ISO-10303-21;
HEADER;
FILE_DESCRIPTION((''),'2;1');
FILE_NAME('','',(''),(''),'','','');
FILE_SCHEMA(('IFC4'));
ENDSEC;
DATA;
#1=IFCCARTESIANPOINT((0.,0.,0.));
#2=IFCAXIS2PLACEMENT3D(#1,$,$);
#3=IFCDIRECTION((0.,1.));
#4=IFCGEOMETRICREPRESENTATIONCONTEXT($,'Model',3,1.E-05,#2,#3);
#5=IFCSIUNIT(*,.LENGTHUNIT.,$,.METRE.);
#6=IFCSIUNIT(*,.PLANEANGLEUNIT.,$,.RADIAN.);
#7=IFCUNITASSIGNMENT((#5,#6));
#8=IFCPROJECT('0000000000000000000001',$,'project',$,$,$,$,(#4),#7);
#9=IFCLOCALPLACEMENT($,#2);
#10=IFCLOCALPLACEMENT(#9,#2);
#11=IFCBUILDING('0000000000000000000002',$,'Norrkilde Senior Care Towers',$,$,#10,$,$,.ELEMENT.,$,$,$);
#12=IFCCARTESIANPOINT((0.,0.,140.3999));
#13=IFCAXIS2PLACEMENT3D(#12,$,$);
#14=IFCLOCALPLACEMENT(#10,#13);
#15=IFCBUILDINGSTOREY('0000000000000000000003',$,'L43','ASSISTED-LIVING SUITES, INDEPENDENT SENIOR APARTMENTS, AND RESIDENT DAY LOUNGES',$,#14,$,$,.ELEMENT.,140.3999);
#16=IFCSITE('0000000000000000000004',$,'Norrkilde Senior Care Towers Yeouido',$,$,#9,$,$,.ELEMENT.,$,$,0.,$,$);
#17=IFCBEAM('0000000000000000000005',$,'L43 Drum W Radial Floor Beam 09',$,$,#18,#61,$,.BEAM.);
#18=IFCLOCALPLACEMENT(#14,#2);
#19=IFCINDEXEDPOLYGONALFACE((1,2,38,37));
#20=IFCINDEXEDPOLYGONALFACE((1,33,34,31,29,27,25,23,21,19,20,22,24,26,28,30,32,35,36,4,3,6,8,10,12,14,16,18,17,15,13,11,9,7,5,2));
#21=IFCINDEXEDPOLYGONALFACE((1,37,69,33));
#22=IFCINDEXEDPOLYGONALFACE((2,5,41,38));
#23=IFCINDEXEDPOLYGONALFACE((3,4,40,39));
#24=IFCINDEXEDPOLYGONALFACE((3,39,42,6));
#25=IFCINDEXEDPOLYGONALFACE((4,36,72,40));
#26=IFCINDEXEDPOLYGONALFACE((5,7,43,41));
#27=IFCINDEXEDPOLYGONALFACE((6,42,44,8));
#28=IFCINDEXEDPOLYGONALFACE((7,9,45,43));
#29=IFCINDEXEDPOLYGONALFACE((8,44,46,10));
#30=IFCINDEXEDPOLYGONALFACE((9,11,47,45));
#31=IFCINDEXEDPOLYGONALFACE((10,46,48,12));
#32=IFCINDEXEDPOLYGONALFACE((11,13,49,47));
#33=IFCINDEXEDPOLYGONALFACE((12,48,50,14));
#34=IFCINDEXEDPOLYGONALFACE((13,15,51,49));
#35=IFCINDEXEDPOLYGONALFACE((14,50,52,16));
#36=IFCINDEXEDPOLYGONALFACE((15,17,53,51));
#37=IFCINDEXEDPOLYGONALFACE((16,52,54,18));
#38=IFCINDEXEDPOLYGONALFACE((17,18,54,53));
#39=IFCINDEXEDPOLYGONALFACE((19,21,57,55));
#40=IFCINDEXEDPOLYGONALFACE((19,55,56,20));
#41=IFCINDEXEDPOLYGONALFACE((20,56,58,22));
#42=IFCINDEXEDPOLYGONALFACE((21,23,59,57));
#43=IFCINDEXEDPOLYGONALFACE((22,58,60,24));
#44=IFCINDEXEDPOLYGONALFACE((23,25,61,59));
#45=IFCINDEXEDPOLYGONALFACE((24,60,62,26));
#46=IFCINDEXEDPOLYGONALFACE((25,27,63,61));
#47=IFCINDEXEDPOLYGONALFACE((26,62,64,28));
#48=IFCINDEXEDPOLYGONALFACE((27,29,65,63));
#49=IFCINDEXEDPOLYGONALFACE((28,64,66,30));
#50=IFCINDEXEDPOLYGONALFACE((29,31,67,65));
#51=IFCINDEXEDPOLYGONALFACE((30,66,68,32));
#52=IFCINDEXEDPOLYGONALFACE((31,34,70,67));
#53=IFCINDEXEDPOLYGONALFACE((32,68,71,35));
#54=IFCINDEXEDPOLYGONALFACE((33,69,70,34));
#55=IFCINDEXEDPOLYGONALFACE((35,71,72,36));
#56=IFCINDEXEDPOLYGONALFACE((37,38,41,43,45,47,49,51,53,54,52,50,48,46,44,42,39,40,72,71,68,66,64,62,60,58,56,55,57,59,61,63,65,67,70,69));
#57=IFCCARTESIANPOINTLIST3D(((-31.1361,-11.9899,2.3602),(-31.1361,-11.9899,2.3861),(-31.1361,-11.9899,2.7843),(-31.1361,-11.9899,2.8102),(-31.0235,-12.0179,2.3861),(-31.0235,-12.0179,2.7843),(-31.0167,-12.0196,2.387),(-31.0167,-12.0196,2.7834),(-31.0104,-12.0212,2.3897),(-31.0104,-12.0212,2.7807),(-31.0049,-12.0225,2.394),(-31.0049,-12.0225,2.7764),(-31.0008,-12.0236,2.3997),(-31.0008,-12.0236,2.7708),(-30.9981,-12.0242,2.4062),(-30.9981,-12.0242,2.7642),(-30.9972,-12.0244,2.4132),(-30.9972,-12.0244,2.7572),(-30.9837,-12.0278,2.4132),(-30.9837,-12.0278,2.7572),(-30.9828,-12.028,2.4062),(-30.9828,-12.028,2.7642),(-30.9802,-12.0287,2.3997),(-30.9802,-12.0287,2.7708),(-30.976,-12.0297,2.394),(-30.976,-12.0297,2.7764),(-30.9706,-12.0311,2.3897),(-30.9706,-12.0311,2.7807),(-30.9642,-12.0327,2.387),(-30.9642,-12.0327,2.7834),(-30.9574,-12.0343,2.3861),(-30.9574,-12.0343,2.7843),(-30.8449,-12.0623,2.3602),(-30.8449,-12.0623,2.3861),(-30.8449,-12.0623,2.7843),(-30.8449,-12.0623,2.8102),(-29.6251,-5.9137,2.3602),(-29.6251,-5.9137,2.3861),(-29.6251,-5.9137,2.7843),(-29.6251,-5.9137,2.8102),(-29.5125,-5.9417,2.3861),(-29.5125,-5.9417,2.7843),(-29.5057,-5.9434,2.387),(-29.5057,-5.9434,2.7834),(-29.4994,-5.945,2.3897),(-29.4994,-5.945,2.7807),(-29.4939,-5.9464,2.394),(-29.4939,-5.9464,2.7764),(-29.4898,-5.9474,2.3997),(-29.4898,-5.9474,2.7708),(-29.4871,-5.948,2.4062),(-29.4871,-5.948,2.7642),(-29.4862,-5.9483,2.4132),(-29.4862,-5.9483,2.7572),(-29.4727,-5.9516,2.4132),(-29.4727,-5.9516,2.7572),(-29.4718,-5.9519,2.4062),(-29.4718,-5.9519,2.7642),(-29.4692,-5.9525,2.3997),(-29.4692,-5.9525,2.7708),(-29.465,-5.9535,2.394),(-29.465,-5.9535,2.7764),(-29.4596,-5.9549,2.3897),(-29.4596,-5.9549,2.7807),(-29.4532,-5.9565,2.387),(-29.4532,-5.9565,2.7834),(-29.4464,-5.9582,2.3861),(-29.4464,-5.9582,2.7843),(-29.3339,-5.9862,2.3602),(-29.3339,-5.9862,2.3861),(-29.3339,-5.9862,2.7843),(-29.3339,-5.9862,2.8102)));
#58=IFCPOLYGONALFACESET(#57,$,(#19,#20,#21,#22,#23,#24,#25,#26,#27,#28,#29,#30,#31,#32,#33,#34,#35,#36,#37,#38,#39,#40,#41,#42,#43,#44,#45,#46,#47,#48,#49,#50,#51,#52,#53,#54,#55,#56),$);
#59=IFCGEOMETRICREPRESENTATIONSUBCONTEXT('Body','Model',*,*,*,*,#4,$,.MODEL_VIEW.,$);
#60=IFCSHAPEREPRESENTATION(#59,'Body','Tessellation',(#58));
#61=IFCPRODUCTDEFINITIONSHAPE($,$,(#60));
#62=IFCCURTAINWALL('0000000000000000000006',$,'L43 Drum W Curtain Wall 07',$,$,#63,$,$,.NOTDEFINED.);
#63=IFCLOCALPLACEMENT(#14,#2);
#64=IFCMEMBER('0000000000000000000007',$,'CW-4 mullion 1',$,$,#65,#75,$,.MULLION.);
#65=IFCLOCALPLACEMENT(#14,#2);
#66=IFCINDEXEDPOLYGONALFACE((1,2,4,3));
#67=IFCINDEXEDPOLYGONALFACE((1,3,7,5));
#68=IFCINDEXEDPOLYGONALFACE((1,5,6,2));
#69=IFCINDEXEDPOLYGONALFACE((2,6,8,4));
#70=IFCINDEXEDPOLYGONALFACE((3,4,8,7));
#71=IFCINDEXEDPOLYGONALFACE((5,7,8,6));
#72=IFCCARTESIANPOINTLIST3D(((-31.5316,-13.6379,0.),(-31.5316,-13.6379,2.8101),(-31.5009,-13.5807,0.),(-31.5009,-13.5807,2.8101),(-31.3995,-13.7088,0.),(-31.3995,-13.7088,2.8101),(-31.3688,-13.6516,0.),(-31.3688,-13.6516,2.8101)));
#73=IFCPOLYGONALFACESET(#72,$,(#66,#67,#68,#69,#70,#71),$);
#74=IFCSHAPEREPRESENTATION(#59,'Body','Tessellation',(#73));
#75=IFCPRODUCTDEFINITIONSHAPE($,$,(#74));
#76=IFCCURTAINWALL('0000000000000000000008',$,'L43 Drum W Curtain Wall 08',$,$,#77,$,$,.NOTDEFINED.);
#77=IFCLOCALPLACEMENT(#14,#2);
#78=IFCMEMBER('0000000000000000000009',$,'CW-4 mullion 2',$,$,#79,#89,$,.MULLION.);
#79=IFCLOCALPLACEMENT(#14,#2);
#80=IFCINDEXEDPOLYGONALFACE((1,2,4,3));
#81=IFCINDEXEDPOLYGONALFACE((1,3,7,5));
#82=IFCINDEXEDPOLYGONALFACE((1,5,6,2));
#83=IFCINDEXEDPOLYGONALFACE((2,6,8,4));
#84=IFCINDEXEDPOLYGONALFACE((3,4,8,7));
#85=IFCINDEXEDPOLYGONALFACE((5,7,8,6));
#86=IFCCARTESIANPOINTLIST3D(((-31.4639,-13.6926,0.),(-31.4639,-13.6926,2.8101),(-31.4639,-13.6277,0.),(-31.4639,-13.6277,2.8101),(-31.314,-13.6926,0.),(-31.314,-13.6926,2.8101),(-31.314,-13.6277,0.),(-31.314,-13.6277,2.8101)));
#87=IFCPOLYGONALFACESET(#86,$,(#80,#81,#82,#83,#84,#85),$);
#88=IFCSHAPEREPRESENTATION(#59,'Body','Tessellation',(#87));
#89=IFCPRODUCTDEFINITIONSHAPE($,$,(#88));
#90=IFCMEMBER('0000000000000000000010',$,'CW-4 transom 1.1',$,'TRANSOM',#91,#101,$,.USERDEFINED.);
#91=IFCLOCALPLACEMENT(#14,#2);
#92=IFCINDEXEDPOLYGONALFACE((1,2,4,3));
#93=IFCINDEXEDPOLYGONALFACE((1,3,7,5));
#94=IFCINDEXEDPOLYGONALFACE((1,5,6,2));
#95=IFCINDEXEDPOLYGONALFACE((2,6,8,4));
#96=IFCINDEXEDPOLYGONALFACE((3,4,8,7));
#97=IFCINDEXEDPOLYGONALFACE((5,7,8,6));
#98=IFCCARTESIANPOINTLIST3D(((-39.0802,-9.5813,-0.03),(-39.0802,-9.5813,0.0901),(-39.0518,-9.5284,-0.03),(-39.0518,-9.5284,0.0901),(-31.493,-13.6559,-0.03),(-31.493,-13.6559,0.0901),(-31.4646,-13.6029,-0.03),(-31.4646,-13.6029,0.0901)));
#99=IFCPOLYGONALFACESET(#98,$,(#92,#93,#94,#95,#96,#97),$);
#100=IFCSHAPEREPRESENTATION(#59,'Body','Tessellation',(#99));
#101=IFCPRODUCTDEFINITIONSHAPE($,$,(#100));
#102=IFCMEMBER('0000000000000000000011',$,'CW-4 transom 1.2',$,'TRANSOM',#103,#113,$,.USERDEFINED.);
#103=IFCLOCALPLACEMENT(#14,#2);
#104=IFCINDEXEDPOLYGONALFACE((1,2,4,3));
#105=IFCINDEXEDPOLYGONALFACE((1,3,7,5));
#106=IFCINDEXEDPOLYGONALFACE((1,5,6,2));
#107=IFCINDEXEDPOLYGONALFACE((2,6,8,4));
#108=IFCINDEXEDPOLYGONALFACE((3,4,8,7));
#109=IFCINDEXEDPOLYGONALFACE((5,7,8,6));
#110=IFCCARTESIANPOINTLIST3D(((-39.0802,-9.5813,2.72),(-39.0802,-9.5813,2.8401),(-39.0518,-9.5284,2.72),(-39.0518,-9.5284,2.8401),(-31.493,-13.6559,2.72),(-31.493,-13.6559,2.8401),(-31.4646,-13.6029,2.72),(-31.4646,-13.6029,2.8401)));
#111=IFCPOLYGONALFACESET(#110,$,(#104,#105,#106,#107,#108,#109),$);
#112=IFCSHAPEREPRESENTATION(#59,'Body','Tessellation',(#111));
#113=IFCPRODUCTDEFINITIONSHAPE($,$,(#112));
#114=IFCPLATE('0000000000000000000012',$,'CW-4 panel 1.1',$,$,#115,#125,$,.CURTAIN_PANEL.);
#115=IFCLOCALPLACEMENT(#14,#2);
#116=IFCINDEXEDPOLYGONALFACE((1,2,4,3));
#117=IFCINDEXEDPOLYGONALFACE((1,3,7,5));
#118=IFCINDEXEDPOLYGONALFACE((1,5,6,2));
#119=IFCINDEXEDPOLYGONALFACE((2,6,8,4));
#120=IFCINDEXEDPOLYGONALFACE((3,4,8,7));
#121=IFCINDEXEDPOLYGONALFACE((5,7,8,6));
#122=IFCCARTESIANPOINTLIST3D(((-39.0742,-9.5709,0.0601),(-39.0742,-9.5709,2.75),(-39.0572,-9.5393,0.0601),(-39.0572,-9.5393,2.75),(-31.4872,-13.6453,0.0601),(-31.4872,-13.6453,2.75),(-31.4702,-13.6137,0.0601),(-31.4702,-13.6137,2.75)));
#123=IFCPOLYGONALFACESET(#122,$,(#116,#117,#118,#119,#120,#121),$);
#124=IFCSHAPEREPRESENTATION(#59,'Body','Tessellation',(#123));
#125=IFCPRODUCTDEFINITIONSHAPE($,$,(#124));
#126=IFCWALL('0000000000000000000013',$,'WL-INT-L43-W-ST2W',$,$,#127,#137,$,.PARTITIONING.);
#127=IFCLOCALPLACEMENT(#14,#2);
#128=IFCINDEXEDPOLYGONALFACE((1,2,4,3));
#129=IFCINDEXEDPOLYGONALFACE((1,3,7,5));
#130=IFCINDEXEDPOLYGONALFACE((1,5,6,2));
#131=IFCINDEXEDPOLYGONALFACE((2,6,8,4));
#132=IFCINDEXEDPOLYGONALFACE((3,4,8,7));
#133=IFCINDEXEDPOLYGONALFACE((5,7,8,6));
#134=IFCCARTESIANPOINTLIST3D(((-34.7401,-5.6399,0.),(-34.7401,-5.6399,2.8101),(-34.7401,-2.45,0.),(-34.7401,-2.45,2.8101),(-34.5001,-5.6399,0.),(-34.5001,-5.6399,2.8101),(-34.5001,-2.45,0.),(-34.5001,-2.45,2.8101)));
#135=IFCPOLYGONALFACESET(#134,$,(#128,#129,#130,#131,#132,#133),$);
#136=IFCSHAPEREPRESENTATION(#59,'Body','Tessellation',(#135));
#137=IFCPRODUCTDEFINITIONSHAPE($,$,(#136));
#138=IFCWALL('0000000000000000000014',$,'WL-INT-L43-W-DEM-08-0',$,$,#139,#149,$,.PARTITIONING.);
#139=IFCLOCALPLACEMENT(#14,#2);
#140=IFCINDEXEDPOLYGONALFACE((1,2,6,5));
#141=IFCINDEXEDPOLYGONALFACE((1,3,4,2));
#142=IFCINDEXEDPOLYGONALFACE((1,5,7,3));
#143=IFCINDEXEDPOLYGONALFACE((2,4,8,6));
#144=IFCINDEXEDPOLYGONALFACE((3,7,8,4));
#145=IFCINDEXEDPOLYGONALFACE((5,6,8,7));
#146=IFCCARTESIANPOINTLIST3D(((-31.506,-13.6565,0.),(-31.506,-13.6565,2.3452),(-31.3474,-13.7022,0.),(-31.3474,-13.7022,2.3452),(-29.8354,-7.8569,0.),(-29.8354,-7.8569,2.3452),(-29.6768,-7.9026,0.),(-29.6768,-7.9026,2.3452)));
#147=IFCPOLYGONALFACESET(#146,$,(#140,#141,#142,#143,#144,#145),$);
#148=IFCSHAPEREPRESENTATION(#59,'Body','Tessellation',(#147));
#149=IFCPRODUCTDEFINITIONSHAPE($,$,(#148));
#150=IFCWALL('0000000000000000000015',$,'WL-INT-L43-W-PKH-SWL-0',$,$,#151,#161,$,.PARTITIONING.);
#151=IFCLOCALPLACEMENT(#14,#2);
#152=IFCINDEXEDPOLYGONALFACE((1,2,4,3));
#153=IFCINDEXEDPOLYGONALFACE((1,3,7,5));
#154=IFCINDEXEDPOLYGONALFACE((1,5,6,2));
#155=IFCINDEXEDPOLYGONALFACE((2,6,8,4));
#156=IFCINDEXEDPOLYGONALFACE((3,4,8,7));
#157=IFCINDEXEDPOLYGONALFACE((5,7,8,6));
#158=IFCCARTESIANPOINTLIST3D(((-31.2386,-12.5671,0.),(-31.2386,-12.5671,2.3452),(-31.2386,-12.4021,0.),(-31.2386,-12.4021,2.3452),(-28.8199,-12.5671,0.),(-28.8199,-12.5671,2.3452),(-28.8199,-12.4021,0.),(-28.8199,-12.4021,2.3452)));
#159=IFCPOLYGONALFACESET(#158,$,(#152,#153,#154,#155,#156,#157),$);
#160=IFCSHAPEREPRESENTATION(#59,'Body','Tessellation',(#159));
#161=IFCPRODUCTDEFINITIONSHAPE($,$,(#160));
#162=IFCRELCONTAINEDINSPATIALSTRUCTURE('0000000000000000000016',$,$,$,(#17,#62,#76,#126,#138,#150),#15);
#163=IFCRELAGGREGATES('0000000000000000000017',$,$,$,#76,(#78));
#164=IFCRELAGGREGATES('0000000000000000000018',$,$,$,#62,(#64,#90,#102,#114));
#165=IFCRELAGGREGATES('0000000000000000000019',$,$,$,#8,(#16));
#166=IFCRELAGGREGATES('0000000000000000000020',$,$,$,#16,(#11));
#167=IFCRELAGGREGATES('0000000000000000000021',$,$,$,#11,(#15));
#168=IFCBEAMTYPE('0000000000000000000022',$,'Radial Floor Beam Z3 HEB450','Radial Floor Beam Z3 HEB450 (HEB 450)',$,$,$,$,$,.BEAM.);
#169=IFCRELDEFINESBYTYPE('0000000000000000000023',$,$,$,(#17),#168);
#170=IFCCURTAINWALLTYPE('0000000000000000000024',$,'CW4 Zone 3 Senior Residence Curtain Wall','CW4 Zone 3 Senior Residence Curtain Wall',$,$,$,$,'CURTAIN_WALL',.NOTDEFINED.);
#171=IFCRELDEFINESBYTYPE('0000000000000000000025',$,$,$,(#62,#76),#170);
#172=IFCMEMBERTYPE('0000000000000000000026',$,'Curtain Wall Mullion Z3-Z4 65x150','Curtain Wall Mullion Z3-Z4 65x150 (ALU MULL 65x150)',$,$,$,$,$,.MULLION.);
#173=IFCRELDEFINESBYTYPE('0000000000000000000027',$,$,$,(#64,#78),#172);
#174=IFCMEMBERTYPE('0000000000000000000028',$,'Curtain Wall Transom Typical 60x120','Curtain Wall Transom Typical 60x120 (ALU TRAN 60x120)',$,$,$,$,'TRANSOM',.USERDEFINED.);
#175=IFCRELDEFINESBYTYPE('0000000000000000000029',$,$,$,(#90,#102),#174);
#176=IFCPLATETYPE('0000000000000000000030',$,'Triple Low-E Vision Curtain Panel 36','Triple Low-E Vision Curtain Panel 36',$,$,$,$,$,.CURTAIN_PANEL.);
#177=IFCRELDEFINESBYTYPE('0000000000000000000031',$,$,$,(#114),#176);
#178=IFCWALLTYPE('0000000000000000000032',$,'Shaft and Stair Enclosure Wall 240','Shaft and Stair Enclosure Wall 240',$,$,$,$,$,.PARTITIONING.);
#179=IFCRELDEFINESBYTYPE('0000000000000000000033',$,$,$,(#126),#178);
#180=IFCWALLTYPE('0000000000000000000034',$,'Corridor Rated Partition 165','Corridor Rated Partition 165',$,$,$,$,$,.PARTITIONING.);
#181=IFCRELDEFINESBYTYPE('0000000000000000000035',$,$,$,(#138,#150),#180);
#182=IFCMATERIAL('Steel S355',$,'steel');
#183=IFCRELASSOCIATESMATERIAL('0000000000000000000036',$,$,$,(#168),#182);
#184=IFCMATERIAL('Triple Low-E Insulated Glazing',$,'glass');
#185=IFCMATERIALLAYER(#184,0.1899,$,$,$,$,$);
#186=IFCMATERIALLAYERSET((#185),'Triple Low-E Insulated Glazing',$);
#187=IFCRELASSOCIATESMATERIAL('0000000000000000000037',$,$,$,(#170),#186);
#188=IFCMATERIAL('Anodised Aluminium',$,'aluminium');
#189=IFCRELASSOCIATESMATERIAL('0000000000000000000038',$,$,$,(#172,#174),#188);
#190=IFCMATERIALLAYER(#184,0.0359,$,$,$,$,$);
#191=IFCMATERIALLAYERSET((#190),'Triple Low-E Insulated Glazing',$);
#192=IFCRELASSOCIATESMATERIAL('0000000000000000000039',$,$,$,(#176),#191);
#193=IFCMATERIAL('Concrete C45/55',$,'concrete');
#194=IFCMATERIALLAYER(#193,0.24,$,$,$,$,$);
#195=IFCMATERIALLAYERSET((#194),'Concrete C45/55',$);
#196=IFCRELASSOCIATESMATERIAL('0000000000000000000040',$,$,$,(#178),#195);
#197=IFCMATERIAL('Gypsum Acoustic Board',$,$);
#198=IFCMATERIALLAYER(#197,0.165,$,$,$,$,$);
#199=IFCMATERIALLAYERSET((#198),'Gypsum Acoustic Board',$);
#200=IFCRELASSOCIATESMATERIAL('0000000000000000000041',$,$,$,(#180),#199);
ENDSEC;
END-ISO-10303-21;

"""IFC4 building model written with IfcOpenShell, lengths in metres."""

from ifc_helpers import new_model, si_unit, direction, frame, frame_2d, origin, origin_2d, place, context, subcontext, project, spatial, rectangle, i_section, extrude, source, transform, mapped, material, layer, layer_set, material_profile, profile_set, type_object, type_shapes, element, aggregate, save


model = new_model("IFC4")

# Units and contexts
model_context = context("Model", 3, precision=1e-05, world=origin(), true_north=direction((0.0, 1.0)))
body_context = subcontext(model_context, "Body", "Model", "MODEL_VIEW")
ifc_project = project(units=[si_unit("LENGTHUNIT", "METRE"), si_unit("PLANEANGLEUNIT", "RADIAN")], contexts=[model_context])

# Site, building, storey
site_placement = place(None, origin())
site = spatial("IfcSite", under=ifc_project, at=site_placement, Name="Norrkilde Senior Care Towers Yeouido", CompositionType="ELEMENT", RefElevation=0.0)
building_placement = place(site_placement, origin())
building = spatial("IfcBuilding", under=site, at=building_placement, Name="Norrkilde Senior Care Towers", CompositionType="ELEMENT")
storey_placement = place(building_placement, frame((0.0, 0.0, 140.3999)))
storey = spatial("IfcBuildingStorey", under=building, at=storey_placement, Name="L43", Description="ASSISTED-LIVING SUITES, INDEPENDENT SENIOR APARTMENTS, AND RESIDENT DAY LOUNGES", CompositionType="ELEMENT", Elevation=140.3999)

# Beam
ifc_material_1 = material(Name="Steel S355", Category="steel")
ifc_material_profile_1 = material_profile(ifc_material_1, i_section(OverallWidth=0.3, OverallDepth=0.45, WebThickness=0.0139, FlangeThickness=0.0259, FilletRadius=0.0271, at=origin_2d()), Name="HEB 450")
ifc_profile_set_1 = profile_set([ifc_material_profile_1], Name="Steel S355")
beam_type_1 = type_object("IfcBeamType", Name="Radial Floor Beam Z3 HEB450", Description="Radial Floor Beam Z3 HEB450 (HEB 450)", PredefinedType="BEAM", material=ifc_profile_set_1)
shared_shape_1 = source(origin(), body_context, "Body", "SweptSolid", [
    extrude(i_section(OverallWidth=0.3, OverallDepth=0.45, WebThickness=0.0139, FlangeThickness=0.0259, FilletRadius=0.0271, at=origin_2d()), origin(), (0.0, 0.0, 1.0), 6.2612),
])
beam_1_placement = place(storey_placement, frame((-29.4795, -5.95, 2.5852), z_axis=(-0.241324, -0.970445, 0.0), x_axis=(0.970445, -0.241324, 0.0)))
element("IfcBeam", 1, at=beam_1_placement, inside=storey, type_object=beam_type_1, Name="L43 Drum W Radial Floor Beam 09", PredefinedType="BEAM", context=body_context, shape_type="MappedRepresentation", body=[
    mapped(shared_shape_1, transform((0.0, 0.0, 0.0), x_axis=(1.0, 0.0, 0.0), y_axis=(0.0, 1.0, 0.0), z_axis=(0.0, 0.0, 1.0), scale=1.0)),
])

# Curtain walls, members
ifc_material_2 = material(Name="Triple Low-E Insulated Glazing", Category="glass")
ifc_layer_1 = layer(ifc_material_2, 0.1899)
ifc_layer_set_1 = layer_set([ifc_layer_1], Name="Triple Low-E Insulated Glazing")
curtain_wall_type = type_object("IfcCurtainWallType", Name="CW4 Zone 3 Senior Residence Curtain Wall", Description="CW4 Zone 3 Senior Residence Curtain Wall", ElementType="CURTAIN_WALL", PredefinedType="NOTDEFINED", material=ifc_layer_set_1)
curtain_wall_1_placement = place(storey_placement, origin())
curtain_wall_1 = element("IfcCurtainWall", 2, at=curtain_wall_1_placement, inside=storey, type_object=curtain_wall_type, Name="L43 Drum W Curtain Wall 07", PredefinedType="NOTDEFINED")
ifc_material_3 = material(Name="Anodised Aluminium", Category="aluminium")
ifc_material_profile_2 = material_profile(ifc_material_3, rectangle(XDim=0.0649, YDim=0.1499, at=origin_2d()), Name="ALU MULL 65x150")
ifc_profile_set_2 = profile_set([ifc_material_profile_2], Name="Anodised Aluminium")
member_type_1 = type_object("IfcMemberType", Name="Curtain Wall Mullion Z3-Z4 65x150", Description="Curtain Wall Mullion Z3-Z4 65x150 (ALU MULL 65x150)", PredefinedType="MULLION", material=ifc_profile_set_2)
shared_shape_2 = source(origin(), body_context, "Body", "SweptSolid", [
    extrude(rectangle(XDim=0.0649, YDim=0.1499, at=origin_2d()), origin(), (0.0, 0.0, 1.0), 2.8101),
])
type_shapes(member_type_1, [shared_shape_2])
member_1_placement = place(storey_placement, frame((-31.4502, -13.6448, 0.0), z_axis=(0.0, 0.0, 1.0), x_axis=(-0.473117, -0.881, 0.0)))
member_1 = element("IfcMember", 3, at=member_1_placement, type_object=member_type_1, Name="CW-4 mullion 1", PredefinedType="MULLION", context=body_context, shape_type="MappedRepresentation", body=[
    mapped(shared_shape_2, transform((0.0, 0.0, 0.0), x_axis=(1.0, 0.0, 0.0), y_axis=(0.0, 1.0, 0.0), z_axis=(0.0, 0.0, 1.0), scale=1.0)),
])
curtain_wall_2_placement = place(storey_placement, origin())
curtain_wall_2 = element("IfcCurtainWall", 4, at=curtain_wall_2_placement, inside=storey, type_object=curtain_wall_type, Name="L43 Drum W Curtain Wall 08", PredefinedType="NOTDEFINED")
member_2_placement = place(storey_placement, frame((-31.3889, -13.6602, 0.0), z_axis=(0.0, 0.0, 1.0), x_axis=(0.0, -1.0, 0.0)))
member_2 = element("IfcMember", 5, at=member_2_placement, type_object=member_type_1, Name="CW-4 mullion 2", PredefinedType="MULLION", context=body_context, shape_type="MappedRepresentation", body=[
    mapped(shared_shape_2, transform((0.0, 0.0, 0.0), x_axis=(1.0, 0.0, 0.0), y_axis=(0.0, 1.0, 0.0), z_axis=(0.0, 0.0, 1.0), scale=1.0)),
])
aggregate(curtain_wall_2, [member_2])

# Members
ifc_material_profile_3 = material_profile(ifc_material_3, rectangle(XDim=0.0601, YDim=0.1201, at=origin_2d()), Name="ALU TRAN 60x120")
ifc_profile_set_3 = profile_set([ifc_material_profile_3], Name="Anodised Aluminium")
member_type_2 = type_object("IfcMemberType", Name="Curtain Wall Transom Typical 60x120", Description="Curtain Wall Transom Typical 60x120 (ALU TRAN 60x120)", ElementType="TRANSOM", PredefinedType="USERDEFINED", material=ifc_profile_set_3)
shared_shape_3 = source(origin(), body_context, "Body", "SweptSolid", [
    extrude(rectangle(XDim=0.0601, YDim=0.1201, at=origin_2d()), origin(), (0.0, 0.0, 1.0), 8.6121),
])
type_shapes(member_type_2, [shared_shape_3])
member_3_placement = place(storey_placement, frame((-31.4788, -13.6294, 0.03), z_axis=(-0.881, 0.473116, 0.0), x_axis=(-0.473116, -0.881, 0.0)))
member_3 = element("IfcMember", 6, at=member_3_placement, type_object=member_type_2, Name="CW-4 transom 1.1", ObjectType="TRANSOM", PredefinedType="USERDEFINED", context=body_context, shape_type="MappedRepresentation", body=[
    mapped(shared_shape_3, transform((0.0, 0.0, 0.0), x_axis=(1.0, 0.0, 0.0), y_axis=(0.0, 1.0, 0.0), z_axis=(0.0, 0.0, 1.0), scale=1.0)),
])
member_4_placement = place(storey_placement, frame((-31.4788, -13.6294, 2.78), z_axis=(-0.881, 0.473116, 0.0), x_axis=(-0.473116, -0.881, 0.0)))
member_4 = element("IfcMember", 7, at=member_4_placement, type_object=member_type_2, Name="CW-4 transom 1.2", ObjectType="TRANSOM", PredefinedType="USERDEFINED", context=body_context, shape_type="MappedRepresentation", body=[
    mapped(shared_shape_3, transform((0.0, 0.0, 0.0), x_axis=(1.0, 0.0, 0.0), y_axis=(0.0, 1.0, 0.0), z_axis=(0.0, 0.0, 1.0), scale=1.0)),
])

# Plate
ifc_layer_2 = layer(ifc_material_2, 0.0359)
ifc_layer_set_2 = layer_set([ifc_layer_2], Name="Triple Low-E Insulated Glazing")
plate_type = type_object("IfcPlateType", Name="Triple Low-E Vision Curtain Panel 36", Description="Triple Low-E Vision Curtain Panel 36", PredefinedType="CURTAIN_PANEL", material=ifc_layer_set_2)
shared_shape_4 = source(origin(), body_context, "Body", "SweptSolid", [
    extrude(rectangle(XDim=8.6118, YDim=0.0359, at=origin_2d()), origin(), (0.0, 0.0, 1.0), 2.6899),
])
type_shapes(plate_type, [shared_shape_4])
plate_placement = place(storey_placement, frame((-35.2722, -11.5923, 0.0601), z_axis=(0.0, 0.0, 1.0), x_axis=(-0.881, 0.473117, 0.0)))
plate = element("IfcPlate", 8, at=plate_placement, type_object=plate_type, Name="CW-4 panel 1.1", PredefinedType="CURTAIN_PANEL", context=body_context, shape_type="MappedRepresentation", body=[
    mapped(shared_shape_4, transform((0.0, 0.0, 0.0), x_axis=(1.0, 0.0, 0.0), y_axis=(0.0, 1.0, 0.0), z_axis=(0.0, 0.0, 1.0), scale=1.0)),
])
aggregate(curtain_wall_1, [member_1, member_3, member_4, plate])

# Walls
ifc_material_4 = material(Name="Concrete C45/55", Category="concrete")
ifc_layer_3 = layer(ifc_material_4, 0.24)
ifc_layer_set_3 = layer_set([ifc_layer_3], Name="Concrete C45/55")
wall_type_1 = type_object("IfcWallType", Name="Shaft and Stair Enclosure Wall 240", Description="Shaft and Stair Enclosure Wall 240", PredefinedType="PARTITIONING", material=ifc_layer_set_3)
shared_shape_5 = source(origin(), body_context, "Body", "SweptSolid", [
    extrude(rectangle(XDim=3.1899, YDim=0.24, at=frame_2d((1.595, 0.0))), origin(), (0.0, 0.0, 1.0), 2.8101),
])
type_shapes(wall_type_1, [shared_shape_5])
wall_1_placement = place(storey_placement, frame((-34.6201, -5.6399, 0.0), z_axis=(0.0, 0.0, 1.0), x_axis=(0.0, 1.0, 0.0)))
element("IfcWall", 9, at=wall_1_placement, inside=storey, type_object=wall_type_1, Name="WL-INT-L43-W-ST2W", PredefinedType="PARTITIONING", context=body_context, shape_type="MappedRepresentation", body=[
    mapped(shared_shape_5, transform((0.0, 0.0, 0.0), x_axis=(1.0, 0.0, 0.0), y_axis=(0.0, 1.0, 0.0), z_axis=(0.0, 0.0, 1.0), scale=1.0)),
])
ifc_material_5 = material(Name="Gypsum Acoustic Board")
ifc_layer_4 = layer(ifc_material_5, 0.165)
ifc_layer_set_4 = layer_set([ifc_layer_4], Name="Gypsum Acoustic Board")
wall_type_2 = type_object("IfcWallType", Name="Corridor Rated Partition 165", Description="Corridor Rated Partition 165", PredefinedType="PARTITIONING", material=ifc_layer_set_4)
shared_shape_6 = source(origin(), body_context, "Body", "SweptSolid", [
    extrude(rectangle(XDim=6.0354, YDim=0.165, at=frame_2d((3.0176, 0.0))), origin(), (0.0, 0.0, 1.0), 2.3452),
])
wall_2_placement = place(storey_placement, frame((-29.7561, -7.8799, 0.0), z_axis=(0.0, 0.0, 1.0), x_axis=(-0.276809, -0.960925, 0.0)))
element("IfcWall", 10, at=wall_2_placement, inside=storey, type_object=wall_type_2, Name="WL-INT-L43-W-DEM-08-0", PredefinedType="PARTITIONING", context=body_context, shape_type="MappedRepresentation", body=[
    mapped(shared_shape_6, transform((0.0, 0.0, 0.0), x_axis=(1.0, 0.0, 0.0), y_axis=(0.0, 1.0, 0.0), z_axis=(0.0, 0.0, 1.0), scale=1.0)),
])
shared_shape_7 = source(origin(), body_context, "Body", "SweptSolid", [
    extrude(rectangle(XDim=2.4187, YDim=0.165, at=frame_2d((1.2095, 0.0))), origin(), (0.0, 0.0, 1.0), 2.3452),
])
type_shapes(wall_type_2, [shared_shape_6, shared_shape_7])
wall_3_placement = place(storey_placement, frame((-31.2388, -12.4846, 0.0), z_axis=(0.0, 0.0, 1.0), x_axis=(1.0, 0.0, 0.0)))
element("IfcWall", 11, at=wall_3_placement, inside=storey, type_object=wall_type_2, Name="WL-INT-L43-W-PKH-SWL-0", PredefinedType="PARTITIONING", context=body_context, shape_type="MappedRepresentation", body=[
    mapped(shared_shape_7, transform((0.0, 0.0, 0.0), x_axis=(1.0, 0.0, 0.0), y_axis=(0.0, 1.0, 0.0), z_axis=(0.0, 0.0, 1.0), scale=1.0)),
])

save(model, "model.ifc")
